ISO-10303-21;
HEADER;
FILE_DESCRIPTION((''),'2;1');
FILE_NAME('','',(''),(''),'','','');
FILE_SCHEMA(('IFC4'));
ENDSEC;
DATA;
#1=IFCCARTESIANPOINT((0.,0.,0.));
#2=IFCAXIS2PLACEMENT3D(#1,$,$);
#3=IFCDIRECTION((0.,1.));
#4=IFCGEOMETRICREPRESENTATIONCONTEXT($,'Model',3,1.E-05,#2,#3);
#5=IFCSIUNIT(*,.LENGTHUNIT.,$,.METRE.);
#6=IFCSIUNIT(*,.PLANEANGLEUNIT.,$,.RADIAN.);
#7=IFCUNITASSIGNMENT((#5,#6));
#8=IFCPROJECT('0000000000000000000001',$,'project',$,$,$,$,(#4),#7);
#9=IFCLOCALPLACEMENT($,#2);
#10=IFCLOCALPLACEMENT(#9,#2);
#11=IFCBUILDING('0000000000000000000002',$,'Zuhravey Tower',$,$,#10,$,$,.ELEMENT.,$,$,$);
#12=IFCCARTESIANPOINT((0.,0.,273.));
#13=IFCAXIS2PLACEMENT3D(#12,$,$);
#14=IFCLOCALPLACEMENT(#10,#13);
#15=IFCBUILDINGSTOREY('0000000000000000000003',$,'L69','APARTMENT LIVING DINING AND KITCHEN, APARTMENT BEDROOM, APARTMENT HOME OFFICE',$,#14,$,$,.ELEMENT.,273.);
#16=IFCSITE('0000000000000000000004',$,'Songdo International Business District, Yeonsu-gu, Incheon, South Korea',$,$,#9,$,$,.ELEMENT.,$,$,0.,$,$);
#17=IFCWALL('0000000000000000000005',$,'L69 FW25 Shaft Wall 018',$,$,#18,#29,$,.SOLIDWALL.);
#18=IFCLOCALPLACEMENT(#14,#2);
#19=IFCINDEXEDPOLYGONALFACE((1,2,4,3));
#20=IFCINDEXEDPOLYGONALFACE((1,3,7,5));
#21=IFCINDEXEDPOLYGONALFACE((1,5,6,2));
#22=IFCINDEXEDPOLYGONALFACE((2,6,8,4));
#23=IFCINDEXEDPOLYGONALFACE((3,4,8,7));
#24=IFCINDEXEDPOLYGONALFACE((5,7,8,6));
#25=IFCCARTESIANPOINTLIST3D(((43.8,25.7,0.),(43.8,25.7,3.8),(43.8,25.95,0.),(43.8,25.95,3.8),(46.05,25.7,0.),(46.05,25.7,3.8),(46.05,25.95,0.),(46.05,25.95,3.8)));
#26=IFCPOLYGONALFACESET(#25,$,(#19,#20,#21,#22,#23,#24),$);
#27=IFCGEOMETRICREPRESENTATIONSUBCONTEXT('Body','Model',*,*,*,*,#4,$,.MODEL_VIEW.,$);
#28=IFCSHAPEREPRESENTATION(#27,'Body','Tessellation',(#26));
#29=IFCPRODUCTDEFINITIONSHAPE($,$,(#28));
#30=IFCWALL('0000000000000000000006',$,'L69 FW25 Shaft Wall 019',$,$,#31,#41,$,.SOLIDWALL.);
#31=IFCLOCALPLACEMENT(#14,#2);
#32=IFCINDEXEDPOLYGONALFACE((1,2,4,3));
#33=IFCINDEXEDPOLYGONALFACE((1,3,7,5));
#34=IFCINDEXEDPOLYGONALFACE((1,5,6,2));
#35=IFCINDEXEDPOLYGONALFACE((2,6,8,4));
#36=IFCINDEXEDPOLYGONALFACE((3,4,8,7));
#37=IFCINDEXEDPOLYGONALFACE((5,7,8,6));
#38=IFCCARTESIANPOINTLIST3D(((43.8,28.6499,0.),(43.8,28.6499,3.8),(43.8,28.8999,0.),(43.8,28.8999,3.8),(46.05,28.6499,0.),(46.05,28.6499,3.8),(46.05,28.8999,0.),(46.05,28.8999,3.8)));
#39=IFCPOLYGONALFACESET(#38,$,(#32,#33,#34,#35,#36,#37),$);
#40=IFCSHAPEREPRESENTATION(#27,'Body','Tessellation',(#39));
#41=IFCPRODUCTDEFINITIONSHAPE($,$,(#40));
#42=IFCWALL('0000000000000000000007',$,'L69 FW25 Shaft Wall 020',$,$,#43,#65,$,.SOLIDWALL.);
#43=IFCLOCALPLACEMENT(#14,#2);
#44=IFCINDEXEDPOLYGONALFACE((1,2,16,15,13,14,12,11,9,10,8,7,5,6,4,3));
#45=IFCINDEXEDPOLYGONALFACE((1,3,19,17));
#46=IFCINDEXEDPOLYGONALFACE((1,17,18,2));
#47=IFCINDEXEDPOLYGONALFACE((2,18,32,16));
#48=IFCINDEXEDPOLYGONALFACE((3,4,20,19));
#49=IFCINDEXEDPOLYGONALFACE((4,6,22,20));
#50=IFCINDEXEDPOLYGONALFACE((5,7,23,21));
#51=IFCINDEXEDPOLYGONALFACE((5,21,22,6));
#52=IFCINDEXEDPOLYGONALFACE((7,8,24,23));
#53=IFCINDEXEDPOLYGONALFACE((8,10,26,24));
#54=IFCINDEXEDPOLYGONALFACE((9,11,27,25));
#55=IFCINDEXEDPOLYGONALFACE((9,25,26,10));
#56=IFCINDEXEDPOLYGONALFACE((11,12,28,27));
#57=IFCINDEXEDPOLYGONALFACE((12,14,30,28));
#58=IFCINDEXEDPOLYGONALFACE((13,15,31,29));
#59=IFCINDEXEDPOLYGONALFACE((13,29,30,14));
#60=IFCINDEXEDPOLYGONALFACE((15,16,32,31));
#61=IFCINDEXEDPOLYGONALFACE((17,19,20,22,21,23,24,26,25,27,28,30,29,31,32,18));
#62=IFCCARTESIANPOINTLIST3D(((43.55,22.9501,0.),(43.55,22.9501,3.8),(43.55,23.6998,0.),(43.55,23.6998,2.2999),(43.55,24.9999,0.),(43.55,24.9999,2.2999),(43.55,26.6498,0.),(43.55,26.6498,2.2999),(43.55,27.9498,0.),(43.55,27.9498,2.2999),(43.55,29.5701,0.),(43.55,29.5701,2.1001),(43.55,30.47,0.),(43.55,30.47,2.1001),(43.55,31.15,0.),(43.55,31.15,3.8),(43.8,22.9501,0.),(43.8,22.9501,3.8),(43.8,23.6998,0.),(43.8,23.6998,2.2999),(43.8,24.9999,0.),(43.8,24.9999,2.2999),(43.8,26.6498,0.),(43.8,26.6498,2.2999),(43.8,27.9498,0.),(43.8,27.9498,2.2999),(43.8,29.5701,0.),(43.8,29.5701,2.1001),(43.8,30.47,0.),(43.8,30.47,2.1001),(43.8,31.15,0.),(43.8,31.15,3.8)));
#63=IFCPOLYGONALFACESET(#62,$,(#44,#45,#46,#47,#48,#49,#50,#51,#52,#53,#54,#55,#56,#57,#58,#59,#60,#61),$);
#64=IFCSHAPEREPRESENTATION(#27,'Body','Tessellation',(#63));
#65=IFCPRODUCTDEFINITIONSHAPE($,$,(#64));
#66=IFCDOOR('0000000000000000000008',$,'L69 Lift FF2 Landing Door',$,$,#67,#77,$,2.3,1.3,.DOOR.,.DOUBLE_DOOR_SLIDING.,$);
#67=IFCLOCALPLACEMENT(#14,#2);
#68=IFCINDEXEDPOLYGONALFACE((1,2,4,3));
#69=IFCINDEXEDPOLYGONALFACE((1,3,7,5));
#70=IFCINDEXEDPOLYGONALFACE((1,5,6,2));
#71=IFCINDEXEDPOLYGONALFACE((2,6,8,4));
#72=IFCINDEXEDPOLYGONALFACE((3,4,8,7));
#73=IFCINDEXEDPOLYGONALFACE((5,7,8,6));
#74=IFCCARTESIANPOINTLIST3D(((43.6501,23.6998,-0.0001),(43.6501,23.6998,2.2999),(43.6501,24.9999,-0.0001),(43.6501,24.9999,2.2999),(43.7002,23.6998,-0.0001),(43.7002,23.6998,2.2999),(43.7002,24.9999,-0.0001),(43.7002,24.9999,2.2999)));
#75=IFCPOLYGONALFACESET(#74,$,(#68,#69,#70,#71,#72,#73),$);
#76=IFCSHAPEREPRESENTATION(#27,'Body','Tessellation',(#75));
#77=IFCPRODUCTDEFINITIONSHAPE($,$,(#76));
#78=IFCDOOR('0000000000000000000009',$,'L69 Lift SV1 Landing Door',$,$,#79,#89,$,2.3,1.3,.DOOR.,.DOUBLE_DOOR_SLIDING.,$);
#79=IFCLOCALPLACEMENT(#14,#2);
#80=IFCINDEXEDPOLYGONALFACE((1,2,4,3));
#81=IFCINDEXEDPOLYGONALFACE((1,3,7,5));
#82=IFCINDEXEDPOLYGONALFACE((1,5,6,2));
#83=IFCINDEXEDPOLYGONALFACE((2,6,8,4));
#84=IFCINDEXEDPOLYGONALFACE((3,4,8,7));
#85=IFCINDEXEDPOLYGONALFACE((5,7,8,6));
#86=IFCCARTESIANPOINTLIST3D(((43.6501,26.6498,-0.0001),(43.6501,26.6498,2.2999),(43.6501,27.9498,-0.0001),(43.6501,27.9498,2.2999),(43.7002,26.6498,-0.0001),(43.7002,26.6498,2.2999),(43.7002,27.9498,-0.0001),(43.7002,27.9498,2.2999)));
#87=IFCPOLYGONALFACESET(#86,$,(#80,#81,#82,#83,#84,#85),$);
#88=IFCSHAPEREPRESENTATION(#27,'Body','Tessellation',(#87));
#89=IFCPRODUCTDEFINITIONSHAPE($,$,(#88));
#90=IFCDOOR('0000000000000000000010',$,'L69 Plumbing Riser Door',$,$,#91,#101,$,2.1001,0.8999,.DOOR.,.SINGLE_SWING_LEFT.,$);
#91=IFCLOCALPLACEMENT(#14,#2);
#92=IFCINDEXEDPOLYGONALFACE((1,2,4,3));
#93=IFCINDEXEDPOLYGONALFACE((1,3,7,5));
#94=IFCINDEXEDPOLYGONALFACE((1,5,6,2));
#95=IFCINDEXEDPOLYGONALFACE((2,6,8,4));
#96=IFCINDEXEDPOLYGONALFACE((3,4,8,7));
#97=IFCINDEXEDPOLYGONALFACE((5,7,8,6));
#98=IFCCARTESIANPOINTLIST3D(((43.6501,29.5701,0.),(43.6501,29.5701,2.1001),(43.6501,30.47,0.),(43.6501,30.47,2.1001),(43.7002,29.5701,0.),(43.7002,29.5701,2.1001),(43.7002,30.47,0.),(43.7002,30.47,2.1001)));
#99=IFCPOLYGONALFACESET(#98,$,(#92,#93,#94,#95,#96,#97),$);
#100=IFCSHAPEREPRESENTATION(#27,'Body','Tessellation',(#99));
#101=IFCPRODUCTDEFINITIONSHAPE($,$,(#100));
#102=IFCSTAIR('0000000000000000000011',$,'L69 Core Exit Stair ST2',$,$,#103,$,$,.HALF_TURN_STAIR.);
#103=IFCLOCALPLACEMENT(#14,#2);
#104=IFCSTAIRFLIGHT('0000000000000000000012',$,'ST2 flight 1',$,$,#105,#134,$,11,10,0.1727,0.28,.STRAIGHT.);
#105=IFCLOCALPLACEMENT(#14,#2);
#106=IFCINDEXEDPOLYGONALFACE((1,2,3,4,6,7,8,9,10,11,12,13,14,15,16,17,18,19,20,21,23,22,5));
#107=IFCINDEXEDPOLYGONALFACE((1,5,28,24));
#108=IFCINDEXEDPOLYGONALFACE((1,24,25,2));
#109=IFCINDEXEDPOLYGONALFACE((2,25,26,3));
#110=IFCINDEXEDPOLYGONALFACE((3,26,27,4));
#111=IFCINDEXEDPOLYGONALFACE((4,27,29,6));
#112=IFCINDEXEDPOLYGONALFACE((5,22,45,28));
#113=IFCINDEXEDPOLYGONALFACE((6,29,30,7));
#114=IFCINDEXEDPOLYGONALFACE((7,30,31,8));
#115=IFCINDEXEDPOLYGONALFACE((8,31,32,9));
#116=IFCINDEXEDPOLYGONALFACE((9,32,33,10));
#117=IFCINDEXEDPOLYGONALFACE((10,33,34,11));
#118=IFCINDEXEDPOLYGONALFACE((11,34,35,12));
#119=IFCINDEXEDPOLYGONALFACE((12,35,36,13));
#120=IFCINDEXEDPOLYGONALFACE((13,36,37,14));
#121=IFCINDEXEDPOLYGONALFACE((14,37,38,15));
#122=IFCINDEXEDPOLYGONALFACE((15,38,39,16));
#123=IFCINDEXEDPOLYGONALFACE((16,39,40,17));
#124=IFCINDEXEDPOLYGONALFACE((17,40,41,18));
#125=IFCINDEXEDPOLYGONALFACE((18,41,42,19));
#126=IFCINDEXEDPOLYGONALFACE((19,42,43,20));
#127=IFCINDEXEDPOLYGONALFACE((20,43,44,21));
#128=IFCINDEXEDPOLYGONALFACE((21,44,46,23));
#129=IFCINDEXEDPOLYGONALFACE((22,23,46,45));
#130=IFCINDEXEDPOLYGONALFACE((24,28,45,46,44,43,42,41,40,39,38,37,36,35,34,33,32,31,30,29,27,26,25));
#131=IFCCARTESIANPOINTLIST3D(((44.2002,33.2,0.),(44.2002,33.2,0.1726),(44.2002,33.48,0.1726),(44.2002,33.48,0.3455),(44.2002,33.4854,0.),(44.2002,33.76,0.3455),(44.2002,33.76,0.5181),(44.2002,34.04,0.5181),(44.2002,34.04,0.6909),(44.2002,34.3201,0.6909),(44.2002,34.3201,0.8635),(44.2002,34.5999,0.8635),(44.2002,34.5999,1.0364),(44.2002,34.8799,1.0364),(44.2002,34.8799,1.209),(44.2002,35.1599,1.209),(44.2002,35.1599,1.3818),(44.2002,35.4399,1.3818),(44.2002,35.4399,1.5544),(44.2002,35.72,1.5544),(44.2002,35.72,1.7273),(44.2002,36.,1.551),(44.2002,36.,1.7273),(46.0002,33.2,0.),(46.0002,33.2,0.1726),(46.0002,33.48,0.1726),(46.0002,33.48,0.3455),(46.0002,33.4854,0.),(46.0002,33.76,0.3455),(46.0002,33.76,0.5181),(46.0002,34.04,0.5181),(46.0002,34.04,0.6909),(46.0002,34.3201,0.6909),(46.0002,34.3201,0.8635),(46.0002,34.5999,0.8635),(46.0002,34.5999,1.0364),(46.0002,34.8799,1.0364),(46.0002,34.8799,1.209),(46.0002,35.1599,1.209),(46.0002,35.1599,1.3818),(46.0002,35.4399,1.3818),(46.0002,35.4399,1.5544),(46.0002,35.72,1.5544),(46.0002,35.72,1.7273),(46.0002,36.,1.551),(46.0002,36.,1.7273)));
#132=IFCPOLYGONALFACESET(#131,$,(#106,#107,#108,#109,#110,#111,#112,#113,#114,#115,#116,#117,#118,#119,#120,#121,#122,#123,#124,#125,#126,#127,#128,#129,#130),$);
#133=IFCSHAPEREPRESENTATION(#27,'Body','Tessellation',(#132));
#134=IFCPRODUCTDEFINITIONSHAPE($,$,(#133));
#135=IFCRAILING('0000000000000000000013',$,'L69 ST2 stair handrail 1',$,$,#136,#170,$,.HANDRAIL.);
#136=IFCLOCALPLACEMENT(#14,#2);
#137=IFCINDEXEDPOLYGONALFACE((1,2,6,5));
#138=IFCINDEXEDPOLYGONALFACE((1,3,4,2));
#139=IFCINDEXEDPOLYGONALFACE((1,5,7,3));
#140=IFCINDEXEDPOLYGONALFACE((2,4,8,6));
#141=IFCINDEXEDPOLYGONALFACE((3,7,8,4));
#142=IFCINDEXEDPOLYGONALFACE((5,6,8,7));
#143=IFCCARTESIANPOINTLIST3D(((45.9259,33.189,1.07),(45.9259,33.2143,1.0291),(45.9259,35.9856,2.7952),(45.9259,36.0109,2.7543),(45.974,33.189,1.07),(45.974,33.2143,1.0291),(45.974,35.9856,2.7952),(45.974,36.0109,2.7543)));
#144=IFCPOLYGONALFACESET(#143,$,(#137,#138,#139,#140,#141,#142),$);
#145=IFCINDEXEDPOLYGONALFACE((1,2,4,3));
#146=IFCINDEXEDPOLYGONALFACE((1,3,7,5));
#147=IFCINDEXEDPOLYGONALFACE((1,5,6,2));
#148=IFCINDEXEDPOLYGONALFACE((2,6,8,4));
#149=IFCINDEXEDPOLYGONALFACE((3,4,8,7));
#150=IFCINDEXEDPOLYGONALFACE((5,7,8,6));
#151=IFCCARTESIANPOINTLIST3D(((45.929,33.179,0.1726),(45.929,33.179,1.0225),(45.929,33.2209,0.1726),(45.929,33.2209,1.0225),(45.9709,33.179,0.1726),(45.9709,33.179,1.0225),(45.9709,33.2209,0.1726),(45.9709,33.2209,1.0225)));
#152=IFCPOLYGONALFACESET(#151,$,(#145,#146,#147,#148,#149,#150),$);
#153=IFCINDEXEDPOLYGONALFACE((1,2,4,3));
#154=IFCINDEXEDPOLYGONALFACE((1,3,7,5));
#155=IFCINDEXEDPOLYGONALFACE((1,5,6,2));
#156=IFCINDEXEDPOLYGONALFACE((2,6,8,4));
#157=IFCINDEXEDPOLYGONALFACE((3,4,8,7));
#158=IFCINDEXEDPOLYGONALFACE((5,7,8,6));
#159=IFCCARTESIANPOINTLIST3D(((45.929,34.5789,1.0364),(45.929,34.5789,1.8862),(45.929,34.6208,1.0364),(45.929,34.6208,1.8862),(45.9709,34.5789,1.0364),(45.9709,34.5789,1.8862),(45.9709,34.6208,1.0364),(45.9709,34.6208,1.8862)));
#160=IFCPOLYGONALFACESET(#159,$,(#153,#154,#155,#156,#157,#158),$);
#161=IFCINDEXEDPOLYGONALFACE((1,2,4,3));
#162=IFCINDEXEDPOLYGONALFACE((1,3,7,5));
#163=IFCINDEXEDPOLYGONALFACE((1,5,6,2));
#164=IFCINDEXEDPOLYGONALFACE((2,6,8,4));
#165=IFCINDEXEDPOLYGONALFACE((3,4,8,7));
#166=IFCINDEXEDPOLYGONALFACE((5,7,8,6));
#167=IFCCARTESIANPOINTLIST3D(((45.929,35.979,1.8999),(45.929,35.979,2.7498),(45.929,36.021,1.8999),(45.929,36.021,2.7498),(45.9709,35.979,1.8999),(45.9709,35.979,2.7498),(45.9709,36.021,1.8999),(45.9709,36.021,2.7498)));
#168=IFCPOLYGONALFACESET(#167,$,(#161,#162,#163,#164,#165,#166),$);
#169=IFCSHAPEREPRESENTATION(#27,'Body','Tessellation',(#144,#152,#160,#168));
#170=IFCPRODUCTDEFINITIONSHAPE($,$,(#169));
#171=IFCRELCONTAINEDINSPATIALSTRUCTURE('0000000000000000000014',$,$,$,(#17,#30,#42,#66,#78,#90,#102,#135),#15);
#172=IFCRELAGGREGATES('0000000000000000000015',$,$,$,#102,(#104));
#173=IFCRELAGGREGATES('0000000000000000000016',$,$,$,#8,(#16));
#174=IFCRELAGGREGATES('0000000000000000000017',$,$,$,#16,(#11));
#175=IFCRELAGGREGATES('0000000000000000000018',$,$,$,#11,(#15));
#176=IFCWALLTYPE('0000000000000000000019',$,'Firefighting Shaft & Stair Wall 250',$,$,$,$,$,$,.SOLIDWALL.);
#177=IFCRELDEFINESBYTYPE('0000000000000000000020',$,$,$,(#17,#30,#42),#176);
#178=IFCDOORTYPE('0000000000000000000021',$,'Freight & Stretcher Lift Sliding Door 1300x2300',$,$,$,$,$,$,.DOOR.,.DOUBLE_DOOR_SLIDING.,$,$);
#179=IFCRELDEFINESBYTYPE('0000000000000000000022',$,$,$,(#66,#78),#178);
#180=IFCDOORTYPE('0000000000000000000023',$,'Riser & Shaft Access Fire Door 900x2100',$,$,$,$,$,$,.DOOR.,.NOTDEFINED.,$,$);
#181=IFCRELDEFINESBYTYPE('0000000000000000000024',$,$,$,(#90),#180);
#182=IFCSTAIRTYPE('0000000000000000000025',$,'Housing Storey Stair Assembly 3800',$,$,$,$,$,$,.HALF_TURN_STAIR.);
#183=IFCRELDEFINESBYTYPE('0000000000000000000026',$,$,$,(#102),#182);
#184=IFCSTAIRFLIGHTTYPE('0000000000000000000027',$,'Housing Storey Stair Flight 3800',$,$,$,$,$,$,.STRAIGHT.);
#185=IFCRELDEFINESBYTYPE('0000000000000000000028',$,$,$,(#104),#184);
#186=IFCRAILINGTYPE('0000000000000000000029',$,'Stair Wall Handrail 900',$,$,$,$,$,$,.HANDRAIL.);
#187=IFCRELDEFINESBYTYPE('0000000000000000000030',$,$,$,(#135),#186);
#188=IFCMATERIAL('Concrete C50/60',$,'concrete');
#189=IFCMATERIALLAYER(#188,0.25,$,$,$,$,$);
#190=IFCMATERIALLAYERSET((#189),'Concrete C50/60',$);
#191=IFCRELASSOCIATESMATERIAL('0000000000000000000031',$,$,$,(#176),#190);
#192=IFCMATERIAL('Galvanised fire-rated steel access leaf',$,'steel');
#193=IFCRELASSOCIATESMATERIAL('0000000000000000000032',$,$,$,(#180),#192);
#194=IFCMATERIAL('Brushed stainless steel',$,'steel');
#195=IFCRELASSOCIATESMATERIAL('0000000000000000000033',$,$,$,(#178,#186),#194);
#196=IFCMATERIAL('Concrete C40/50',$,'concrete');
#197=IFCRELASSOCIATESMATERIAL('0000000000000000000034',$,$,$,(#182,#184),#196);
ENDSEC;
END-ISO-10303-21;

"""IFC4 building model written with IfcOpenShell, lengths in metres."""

from ifc_helpers import new_model, si_unit, direction, frame, frame_2d, origin, origin_2d, place, context, subcontext, project, spatial, polyline, rectangle, outline, extrude, material, layer, layer_set, type_object, element, fill, aggregate, save


model = new_model("IFC4")

# Units and contexts
model_context = context("Model", 3, precision=1e-05, world=origin(), true_north=direction((0.0, 1.0)))
body_context = subcontext(model_context, "Body", "Model", "MODEL_VIEW")
ifc_project = project(units=[si_unit("LENGTHUNIT", "METRE"), si_unit("PLANEANGLEUNIT", "RADIAN")], contexts=[model_context])

# Site, building, storey
site_placement = place(None, origin())
site = spatial("IfcSite", under=ifc_project, at=site_placement, Name="Songdo International Business District, Yeonsu-gu, Incheon, South Korea", CompositionType="ELEMENT", RefElevation=0.0)
building_placement = place(site_placement, origin())
building = spatial("IfcBuilding", under=site, at=building_placement, Name="Zuhravey Tower", CompositionType="ELEMENT")
storey_placement = place(building_placement, frame((0.0, 0.0, 273.0)))
storey = spatial("IfcBuildingStorey", under=building, at=storey_placement, Name="L69", Description="APARTMENT LIVING DINING AND KITCHEN, APARTMENT BEDROOM, APARTMENT HOME OFFICE", CompositionType="ELEMENT", Elevation=273.0)

# Shared definitions
ifc_material_1 = material(Name="Concrete C50/60", Category="concrete")
ifc_layer = layer(ifc_material_1, 0.25)
ifc_layer_set = layer_set([ifc_layer], Name="Concrete C50/60")
wall_type = type_object("IfcWallType", Name="Firefighting Shaft & Stair Wall 250", PredefinedType="SOLIDWALL", material=ifc_layer_set)

# Shared definitions
ifc_material_2 = material(Name="Galvanised fire-rated steel access leaf", Category="steel")
door_type_1 = type_object("IfcDoorType", Name="Riser & Shaft Access Fire Door 900x2100", OperationType="NOTDEFINED", PredefinedType="DOOR", material=ifc_material_2)
ifc_material_3 = material(Name="Brushed stainless steel", Category="steel")

# Walls
for number, where, z_axis, x_axis, name in (
    (1, (43.8, 25.825, 0.0), (0.0, 0.0, 1.0), (1.0, 0.0, 0.0), "L69 FW25 Shaft Wall 018"),
    (2, (43.8, 28.7749, 0.0), (0.0, 0.0, 1.0), (1.0, 0.0, 0.0), "L69 FW25 Shaft Wall 019"),
):
    element("IfcWall", number, at=place(storey_placement, frame(where, z_axis=z_axis, x_axis=x_axis)), inside=storey, type_object=wall_type, Name=name, PredefinedType="SOLIDWALL", context=body_context, shape_type="SweptSolid", body=[
        extrude(rectangle(XDim=2.25, YDim=0.25, at=frame_2d((1.125, 0.0))), origin(), (0.0, 0.0, 1.0), 3.8),
    ])

# Wall, openings, doors
wall_1_placement = place(storey_placement, frame((43.675, 22.95, 0.0), z_axis=(0.0, 0.0, 1.0), x_axis=(0.0, 1.0, 0.0)))
wall_1 = element("IfcWall", 3, at=wall_1_placement, inside=storey, type_object=wall_type, Name="L69 FW25 Shaft Wall 020", PredefinedType="SOLIDWALL", context=body_context, shape_type="SweptSolid", body=[
    extrude(rectangle(XDim=8.2, YDim=0.25, at=frame_2d((4.1001, 0.0))), origin(), (0.0, 0.0, 1.0), 3.8),
])
opening_1_placement = place(wall_1_placement, frame((0.75, 0.0, 0.0)))
opening_1 = element("IfcOpeningElement", 4, at=opening_1_placement, cuts=wall_1, PredefinedType="OPENING", context=body_context, shape_type="SweptSolid", body=[
    extrude(rectangle(XDim=1.3, YDim=2.3, at=frame_2d((0.6499, 1.1499))), frame((0.0, 0.137, 0.0), z_axis=(0.0, -1.0, 0.0), x_axis=(1.0, 0.0, 0.0)), (0.0, 0.0, 1.0), 0.2739),
])
opening_2_placement = place(wall_1_placement, frame((3.7, 0.0, 0.0)))
opening_2 = element("IfcOpeningElement", 5, at=opening_2_placement, cuts=wall_1, PredefinedType="OPENING", context=body_context, shape_type="SweptSolid", body=[
    extrude(rectangle(XDim=1.3, YDim=2.3, at=frame_2d((0.6499, 1.1499))), frame((0.0, 0.137, 0.0), z_axis=(0.0, -1.0, 0.0), x_axis=(1.0, 0.0, 0.0)), (0.0, 0.0, 1.0), 0.2739),
])
opening_3_placement = place(wall_1_placement, frame((6.6201, 0.0, 0.0)))
opening_3 = element("IfcOpeningElement", 6, at=opening_3_placement, cuts=wall_1, PredefinedType="OPENING", context=body_context, shape_type="SweptSolid", body=[
    extrude(rectangle(XDim=0.8999, YDim=2.1001, at=frame_2d((0.45, 1.05))), frame((0.0, 0.137, 0.0), z_axis=(0.0, -1.0, 0.0), x_axis=(1.0, 0.0, 0.0)), (0.0, 0.0, 1.0), 0.2739),
])
door_type_2 = type_object("IfcDoorType", Name="Freight & Stretcher Lift Sliding Door 1300x2300", OperationType="DOUBLE_DOOR_SLIDING", PredefinedType="DOOR", material=ifc_material_3)
door_1_placement = place(opening_1_placement, origin())
door_1 = element("IfcDoor", 7, at=door_1_placement, inside=storey, type_object=door_type_2, Name="L69 Lift FF2 Landing Door", OperationType="DOUBLE_DOOR_SLIDING", OverallHeight=2.3, OverallWidth=1.3, PredefinedType="DOOR", context=body_context, shape_type="SweptSolid", body=[
    extrude(rectangle(XDim=1.3, YDim=2.3, at=frame_2d((0.6499, 1.1499))), frame((0.0, 0.0249, 0.0), z_axis=(0.0, -1.0, 0.0), x_axis=(1.0, 0.0, 0.0)), (0.0, 0.0, 1.0), 0.05),
])
fill(opening_1, door_1)
door_2_placement = place(opening_2_placement, origin())
door_2 = element("IfcDoor", 8, at=door_2_placement, inside=storey, type_object=door_type_2, Name="L69 Lift SV1 Landing Door", OperationType="DOUBLE_DOOR_SLIDING", OverallHeight=2.3, OverallWidth=1.3, PredefinedType="DOOR", context=body_context, shape_type="SweptSolid", body=[
    extrude(rectangle(XDim=1.3, YDim=2.3, at=frame_2d((0.6499, 1.1499))), frame((0.0, 0.0249, 0.0), z_axis=(0.0, -1.0, 0.0), x_axis=(1.0, 0.0, 0.0)), (0.0, 0.0, 1.0), 0.05),
])
fill(opening_2, door_2)
door_3_placement = place(opening_3_placement, origin())
door_3 = element("IfcDoor", 9, at=door_3_placement, inside=storey, type_object=door_type_1, Name="L69 Plumbing Riser Door", OperationType="SINGLE_SWING_LEFT", OverallHeight=2.1001, OverallWidth=0.8999, PredefinedType="DOOR", context=body_context, shape_type="SweptSolid", body=[
    extrude(rectangle(XDim=0.8999, YDim=2.1001, at=frame_2d((0.45, 1.05))), frame((0.0, 0.0249, 0.0), z_axis=(0.0, -1.0, 0.0), x_axis=(1.0, 0.0, 0.0)), (0.0, 0.0, 1.0), 0.05),
])
fill(opening_3, door_3)

# Stair, stair flight
ifc_material_4 = material(Name="Concrete C40/50", Category="concrete")
stair_type = type_object("IfcStairType", Name="Housing Storey Stair Assembly 3800", PredefinedType="HALF_TURN_STAIR", material=ifc_material_4)
stair_placement = place(storey_placement, origin())
stair = element("IfcStair", 10, at=stair_placement, inside=storey, type_object=stair_type, Name="L69 Core Exit Stair ST2", PredefinedType="HALF_TURN_STAIR")
stair_flight_type = type_object("IfcStairFlightType", Name="Housing Storey Stair Flight 3800", PredefinedType="STRAIGHT", material=ifc_material_4)
stair_flight_placement = place(storey_placement, frame((45.1001, 33.2, 0.0), z_axis=(0.0, 0.0, 1.0), x_axis=(0.0, 1.0, 0.0)))
stair_flight = element("IfcStairFlight", 11, at=stair_flight_placement, type_object=stair_flight_type, Name="ST2 flight 1", NumberOfRisers=11, NumberOfTreads=10, PredefinedType="STRAIGHT", RiserHeight=0.1727, TreadLength=0.28, context=body_context, shape_type="SweptSolid", body=[
    extrude(outline(polyline([(0.0, 0.0), (0.0, 0.1726), (0.28, 0.1726), (0.28, 0.3455), (0.5601, 0.3455), (0.5601, 0.5181), (0.8401, 0.5181), (0.8401, 0.6909), (1.1201, 0.6909), (1.1201, 0.8635), (1.3999, 0.8635), (1.3999, 1.0364), (1.6799, 1.0364), (1.6799, 1.209), (1.96, 1.209), (1.96, 1.3818), (2.24, 1.3818), (2.24, 1.5544), (2.52, 1.5544), (2.52, 1.7273), (2.8, 1.7273), (2.8, 1.8999), (2.8, 1.551), (0.2854, 0.0), (0.0, 0.0)])), frame((0.0, 0.8999, 0.0), z_axis=(0.0, -1.0, 0.0), x_axis=(1.0, 0.0, 0.0)), (0.0, 0.0, 1.0), 1.8),
])
aggregate(stair, [stair_flight])

# Railing
railing_type_1 = type_object("IfcRailingType", Name="Stair Wall Handrail 900", PredefinedType="HANDRAIL", material=ifc_material_3)
railing_1_placement = place(storey_placement, frame((45.95, 33.2, 0.1726)))
element("IfcRailing", 12, at=railing_1_placement, inside=storey, type_object=railing_type_1, Name="L69 ST2 stair handrail 1", PredefinedType="HANDRAIL", context=body_context, shape_type="SweptSolid", body=[
    extrude(rectangle(XDim=0.0481, YDim=0.0481, at=origin_2d()), frame((0.0, 0.0017, 0.877), z_axis=(0.0, 0.85109, 0.52502), x_axis=(-1.0, 0.0, 0.0)), (0.0, 0.0, 1.0), 3.2859),
    extrude(rectangle(XDim=0.042, YDim=0.042, at=origin_2d()), origin(), (0.0, 0.0, 1.0), 0.8499),
    extrude(rectangle(XDim=0.042, YDim=0.042, at=origin_2d()), frame((0.0, 1.3999, 0.8638)), (0.0, 0.0, 1.0), 0.8499),
    extrude(rectangle(XDim=0.042, YDim=0.042, at=origin_2d()), frame((0.0, 2.8, 1.7273)), (0.0, 0.0, 1.0), 0.8499),
])

save(model, "model.ifc")
